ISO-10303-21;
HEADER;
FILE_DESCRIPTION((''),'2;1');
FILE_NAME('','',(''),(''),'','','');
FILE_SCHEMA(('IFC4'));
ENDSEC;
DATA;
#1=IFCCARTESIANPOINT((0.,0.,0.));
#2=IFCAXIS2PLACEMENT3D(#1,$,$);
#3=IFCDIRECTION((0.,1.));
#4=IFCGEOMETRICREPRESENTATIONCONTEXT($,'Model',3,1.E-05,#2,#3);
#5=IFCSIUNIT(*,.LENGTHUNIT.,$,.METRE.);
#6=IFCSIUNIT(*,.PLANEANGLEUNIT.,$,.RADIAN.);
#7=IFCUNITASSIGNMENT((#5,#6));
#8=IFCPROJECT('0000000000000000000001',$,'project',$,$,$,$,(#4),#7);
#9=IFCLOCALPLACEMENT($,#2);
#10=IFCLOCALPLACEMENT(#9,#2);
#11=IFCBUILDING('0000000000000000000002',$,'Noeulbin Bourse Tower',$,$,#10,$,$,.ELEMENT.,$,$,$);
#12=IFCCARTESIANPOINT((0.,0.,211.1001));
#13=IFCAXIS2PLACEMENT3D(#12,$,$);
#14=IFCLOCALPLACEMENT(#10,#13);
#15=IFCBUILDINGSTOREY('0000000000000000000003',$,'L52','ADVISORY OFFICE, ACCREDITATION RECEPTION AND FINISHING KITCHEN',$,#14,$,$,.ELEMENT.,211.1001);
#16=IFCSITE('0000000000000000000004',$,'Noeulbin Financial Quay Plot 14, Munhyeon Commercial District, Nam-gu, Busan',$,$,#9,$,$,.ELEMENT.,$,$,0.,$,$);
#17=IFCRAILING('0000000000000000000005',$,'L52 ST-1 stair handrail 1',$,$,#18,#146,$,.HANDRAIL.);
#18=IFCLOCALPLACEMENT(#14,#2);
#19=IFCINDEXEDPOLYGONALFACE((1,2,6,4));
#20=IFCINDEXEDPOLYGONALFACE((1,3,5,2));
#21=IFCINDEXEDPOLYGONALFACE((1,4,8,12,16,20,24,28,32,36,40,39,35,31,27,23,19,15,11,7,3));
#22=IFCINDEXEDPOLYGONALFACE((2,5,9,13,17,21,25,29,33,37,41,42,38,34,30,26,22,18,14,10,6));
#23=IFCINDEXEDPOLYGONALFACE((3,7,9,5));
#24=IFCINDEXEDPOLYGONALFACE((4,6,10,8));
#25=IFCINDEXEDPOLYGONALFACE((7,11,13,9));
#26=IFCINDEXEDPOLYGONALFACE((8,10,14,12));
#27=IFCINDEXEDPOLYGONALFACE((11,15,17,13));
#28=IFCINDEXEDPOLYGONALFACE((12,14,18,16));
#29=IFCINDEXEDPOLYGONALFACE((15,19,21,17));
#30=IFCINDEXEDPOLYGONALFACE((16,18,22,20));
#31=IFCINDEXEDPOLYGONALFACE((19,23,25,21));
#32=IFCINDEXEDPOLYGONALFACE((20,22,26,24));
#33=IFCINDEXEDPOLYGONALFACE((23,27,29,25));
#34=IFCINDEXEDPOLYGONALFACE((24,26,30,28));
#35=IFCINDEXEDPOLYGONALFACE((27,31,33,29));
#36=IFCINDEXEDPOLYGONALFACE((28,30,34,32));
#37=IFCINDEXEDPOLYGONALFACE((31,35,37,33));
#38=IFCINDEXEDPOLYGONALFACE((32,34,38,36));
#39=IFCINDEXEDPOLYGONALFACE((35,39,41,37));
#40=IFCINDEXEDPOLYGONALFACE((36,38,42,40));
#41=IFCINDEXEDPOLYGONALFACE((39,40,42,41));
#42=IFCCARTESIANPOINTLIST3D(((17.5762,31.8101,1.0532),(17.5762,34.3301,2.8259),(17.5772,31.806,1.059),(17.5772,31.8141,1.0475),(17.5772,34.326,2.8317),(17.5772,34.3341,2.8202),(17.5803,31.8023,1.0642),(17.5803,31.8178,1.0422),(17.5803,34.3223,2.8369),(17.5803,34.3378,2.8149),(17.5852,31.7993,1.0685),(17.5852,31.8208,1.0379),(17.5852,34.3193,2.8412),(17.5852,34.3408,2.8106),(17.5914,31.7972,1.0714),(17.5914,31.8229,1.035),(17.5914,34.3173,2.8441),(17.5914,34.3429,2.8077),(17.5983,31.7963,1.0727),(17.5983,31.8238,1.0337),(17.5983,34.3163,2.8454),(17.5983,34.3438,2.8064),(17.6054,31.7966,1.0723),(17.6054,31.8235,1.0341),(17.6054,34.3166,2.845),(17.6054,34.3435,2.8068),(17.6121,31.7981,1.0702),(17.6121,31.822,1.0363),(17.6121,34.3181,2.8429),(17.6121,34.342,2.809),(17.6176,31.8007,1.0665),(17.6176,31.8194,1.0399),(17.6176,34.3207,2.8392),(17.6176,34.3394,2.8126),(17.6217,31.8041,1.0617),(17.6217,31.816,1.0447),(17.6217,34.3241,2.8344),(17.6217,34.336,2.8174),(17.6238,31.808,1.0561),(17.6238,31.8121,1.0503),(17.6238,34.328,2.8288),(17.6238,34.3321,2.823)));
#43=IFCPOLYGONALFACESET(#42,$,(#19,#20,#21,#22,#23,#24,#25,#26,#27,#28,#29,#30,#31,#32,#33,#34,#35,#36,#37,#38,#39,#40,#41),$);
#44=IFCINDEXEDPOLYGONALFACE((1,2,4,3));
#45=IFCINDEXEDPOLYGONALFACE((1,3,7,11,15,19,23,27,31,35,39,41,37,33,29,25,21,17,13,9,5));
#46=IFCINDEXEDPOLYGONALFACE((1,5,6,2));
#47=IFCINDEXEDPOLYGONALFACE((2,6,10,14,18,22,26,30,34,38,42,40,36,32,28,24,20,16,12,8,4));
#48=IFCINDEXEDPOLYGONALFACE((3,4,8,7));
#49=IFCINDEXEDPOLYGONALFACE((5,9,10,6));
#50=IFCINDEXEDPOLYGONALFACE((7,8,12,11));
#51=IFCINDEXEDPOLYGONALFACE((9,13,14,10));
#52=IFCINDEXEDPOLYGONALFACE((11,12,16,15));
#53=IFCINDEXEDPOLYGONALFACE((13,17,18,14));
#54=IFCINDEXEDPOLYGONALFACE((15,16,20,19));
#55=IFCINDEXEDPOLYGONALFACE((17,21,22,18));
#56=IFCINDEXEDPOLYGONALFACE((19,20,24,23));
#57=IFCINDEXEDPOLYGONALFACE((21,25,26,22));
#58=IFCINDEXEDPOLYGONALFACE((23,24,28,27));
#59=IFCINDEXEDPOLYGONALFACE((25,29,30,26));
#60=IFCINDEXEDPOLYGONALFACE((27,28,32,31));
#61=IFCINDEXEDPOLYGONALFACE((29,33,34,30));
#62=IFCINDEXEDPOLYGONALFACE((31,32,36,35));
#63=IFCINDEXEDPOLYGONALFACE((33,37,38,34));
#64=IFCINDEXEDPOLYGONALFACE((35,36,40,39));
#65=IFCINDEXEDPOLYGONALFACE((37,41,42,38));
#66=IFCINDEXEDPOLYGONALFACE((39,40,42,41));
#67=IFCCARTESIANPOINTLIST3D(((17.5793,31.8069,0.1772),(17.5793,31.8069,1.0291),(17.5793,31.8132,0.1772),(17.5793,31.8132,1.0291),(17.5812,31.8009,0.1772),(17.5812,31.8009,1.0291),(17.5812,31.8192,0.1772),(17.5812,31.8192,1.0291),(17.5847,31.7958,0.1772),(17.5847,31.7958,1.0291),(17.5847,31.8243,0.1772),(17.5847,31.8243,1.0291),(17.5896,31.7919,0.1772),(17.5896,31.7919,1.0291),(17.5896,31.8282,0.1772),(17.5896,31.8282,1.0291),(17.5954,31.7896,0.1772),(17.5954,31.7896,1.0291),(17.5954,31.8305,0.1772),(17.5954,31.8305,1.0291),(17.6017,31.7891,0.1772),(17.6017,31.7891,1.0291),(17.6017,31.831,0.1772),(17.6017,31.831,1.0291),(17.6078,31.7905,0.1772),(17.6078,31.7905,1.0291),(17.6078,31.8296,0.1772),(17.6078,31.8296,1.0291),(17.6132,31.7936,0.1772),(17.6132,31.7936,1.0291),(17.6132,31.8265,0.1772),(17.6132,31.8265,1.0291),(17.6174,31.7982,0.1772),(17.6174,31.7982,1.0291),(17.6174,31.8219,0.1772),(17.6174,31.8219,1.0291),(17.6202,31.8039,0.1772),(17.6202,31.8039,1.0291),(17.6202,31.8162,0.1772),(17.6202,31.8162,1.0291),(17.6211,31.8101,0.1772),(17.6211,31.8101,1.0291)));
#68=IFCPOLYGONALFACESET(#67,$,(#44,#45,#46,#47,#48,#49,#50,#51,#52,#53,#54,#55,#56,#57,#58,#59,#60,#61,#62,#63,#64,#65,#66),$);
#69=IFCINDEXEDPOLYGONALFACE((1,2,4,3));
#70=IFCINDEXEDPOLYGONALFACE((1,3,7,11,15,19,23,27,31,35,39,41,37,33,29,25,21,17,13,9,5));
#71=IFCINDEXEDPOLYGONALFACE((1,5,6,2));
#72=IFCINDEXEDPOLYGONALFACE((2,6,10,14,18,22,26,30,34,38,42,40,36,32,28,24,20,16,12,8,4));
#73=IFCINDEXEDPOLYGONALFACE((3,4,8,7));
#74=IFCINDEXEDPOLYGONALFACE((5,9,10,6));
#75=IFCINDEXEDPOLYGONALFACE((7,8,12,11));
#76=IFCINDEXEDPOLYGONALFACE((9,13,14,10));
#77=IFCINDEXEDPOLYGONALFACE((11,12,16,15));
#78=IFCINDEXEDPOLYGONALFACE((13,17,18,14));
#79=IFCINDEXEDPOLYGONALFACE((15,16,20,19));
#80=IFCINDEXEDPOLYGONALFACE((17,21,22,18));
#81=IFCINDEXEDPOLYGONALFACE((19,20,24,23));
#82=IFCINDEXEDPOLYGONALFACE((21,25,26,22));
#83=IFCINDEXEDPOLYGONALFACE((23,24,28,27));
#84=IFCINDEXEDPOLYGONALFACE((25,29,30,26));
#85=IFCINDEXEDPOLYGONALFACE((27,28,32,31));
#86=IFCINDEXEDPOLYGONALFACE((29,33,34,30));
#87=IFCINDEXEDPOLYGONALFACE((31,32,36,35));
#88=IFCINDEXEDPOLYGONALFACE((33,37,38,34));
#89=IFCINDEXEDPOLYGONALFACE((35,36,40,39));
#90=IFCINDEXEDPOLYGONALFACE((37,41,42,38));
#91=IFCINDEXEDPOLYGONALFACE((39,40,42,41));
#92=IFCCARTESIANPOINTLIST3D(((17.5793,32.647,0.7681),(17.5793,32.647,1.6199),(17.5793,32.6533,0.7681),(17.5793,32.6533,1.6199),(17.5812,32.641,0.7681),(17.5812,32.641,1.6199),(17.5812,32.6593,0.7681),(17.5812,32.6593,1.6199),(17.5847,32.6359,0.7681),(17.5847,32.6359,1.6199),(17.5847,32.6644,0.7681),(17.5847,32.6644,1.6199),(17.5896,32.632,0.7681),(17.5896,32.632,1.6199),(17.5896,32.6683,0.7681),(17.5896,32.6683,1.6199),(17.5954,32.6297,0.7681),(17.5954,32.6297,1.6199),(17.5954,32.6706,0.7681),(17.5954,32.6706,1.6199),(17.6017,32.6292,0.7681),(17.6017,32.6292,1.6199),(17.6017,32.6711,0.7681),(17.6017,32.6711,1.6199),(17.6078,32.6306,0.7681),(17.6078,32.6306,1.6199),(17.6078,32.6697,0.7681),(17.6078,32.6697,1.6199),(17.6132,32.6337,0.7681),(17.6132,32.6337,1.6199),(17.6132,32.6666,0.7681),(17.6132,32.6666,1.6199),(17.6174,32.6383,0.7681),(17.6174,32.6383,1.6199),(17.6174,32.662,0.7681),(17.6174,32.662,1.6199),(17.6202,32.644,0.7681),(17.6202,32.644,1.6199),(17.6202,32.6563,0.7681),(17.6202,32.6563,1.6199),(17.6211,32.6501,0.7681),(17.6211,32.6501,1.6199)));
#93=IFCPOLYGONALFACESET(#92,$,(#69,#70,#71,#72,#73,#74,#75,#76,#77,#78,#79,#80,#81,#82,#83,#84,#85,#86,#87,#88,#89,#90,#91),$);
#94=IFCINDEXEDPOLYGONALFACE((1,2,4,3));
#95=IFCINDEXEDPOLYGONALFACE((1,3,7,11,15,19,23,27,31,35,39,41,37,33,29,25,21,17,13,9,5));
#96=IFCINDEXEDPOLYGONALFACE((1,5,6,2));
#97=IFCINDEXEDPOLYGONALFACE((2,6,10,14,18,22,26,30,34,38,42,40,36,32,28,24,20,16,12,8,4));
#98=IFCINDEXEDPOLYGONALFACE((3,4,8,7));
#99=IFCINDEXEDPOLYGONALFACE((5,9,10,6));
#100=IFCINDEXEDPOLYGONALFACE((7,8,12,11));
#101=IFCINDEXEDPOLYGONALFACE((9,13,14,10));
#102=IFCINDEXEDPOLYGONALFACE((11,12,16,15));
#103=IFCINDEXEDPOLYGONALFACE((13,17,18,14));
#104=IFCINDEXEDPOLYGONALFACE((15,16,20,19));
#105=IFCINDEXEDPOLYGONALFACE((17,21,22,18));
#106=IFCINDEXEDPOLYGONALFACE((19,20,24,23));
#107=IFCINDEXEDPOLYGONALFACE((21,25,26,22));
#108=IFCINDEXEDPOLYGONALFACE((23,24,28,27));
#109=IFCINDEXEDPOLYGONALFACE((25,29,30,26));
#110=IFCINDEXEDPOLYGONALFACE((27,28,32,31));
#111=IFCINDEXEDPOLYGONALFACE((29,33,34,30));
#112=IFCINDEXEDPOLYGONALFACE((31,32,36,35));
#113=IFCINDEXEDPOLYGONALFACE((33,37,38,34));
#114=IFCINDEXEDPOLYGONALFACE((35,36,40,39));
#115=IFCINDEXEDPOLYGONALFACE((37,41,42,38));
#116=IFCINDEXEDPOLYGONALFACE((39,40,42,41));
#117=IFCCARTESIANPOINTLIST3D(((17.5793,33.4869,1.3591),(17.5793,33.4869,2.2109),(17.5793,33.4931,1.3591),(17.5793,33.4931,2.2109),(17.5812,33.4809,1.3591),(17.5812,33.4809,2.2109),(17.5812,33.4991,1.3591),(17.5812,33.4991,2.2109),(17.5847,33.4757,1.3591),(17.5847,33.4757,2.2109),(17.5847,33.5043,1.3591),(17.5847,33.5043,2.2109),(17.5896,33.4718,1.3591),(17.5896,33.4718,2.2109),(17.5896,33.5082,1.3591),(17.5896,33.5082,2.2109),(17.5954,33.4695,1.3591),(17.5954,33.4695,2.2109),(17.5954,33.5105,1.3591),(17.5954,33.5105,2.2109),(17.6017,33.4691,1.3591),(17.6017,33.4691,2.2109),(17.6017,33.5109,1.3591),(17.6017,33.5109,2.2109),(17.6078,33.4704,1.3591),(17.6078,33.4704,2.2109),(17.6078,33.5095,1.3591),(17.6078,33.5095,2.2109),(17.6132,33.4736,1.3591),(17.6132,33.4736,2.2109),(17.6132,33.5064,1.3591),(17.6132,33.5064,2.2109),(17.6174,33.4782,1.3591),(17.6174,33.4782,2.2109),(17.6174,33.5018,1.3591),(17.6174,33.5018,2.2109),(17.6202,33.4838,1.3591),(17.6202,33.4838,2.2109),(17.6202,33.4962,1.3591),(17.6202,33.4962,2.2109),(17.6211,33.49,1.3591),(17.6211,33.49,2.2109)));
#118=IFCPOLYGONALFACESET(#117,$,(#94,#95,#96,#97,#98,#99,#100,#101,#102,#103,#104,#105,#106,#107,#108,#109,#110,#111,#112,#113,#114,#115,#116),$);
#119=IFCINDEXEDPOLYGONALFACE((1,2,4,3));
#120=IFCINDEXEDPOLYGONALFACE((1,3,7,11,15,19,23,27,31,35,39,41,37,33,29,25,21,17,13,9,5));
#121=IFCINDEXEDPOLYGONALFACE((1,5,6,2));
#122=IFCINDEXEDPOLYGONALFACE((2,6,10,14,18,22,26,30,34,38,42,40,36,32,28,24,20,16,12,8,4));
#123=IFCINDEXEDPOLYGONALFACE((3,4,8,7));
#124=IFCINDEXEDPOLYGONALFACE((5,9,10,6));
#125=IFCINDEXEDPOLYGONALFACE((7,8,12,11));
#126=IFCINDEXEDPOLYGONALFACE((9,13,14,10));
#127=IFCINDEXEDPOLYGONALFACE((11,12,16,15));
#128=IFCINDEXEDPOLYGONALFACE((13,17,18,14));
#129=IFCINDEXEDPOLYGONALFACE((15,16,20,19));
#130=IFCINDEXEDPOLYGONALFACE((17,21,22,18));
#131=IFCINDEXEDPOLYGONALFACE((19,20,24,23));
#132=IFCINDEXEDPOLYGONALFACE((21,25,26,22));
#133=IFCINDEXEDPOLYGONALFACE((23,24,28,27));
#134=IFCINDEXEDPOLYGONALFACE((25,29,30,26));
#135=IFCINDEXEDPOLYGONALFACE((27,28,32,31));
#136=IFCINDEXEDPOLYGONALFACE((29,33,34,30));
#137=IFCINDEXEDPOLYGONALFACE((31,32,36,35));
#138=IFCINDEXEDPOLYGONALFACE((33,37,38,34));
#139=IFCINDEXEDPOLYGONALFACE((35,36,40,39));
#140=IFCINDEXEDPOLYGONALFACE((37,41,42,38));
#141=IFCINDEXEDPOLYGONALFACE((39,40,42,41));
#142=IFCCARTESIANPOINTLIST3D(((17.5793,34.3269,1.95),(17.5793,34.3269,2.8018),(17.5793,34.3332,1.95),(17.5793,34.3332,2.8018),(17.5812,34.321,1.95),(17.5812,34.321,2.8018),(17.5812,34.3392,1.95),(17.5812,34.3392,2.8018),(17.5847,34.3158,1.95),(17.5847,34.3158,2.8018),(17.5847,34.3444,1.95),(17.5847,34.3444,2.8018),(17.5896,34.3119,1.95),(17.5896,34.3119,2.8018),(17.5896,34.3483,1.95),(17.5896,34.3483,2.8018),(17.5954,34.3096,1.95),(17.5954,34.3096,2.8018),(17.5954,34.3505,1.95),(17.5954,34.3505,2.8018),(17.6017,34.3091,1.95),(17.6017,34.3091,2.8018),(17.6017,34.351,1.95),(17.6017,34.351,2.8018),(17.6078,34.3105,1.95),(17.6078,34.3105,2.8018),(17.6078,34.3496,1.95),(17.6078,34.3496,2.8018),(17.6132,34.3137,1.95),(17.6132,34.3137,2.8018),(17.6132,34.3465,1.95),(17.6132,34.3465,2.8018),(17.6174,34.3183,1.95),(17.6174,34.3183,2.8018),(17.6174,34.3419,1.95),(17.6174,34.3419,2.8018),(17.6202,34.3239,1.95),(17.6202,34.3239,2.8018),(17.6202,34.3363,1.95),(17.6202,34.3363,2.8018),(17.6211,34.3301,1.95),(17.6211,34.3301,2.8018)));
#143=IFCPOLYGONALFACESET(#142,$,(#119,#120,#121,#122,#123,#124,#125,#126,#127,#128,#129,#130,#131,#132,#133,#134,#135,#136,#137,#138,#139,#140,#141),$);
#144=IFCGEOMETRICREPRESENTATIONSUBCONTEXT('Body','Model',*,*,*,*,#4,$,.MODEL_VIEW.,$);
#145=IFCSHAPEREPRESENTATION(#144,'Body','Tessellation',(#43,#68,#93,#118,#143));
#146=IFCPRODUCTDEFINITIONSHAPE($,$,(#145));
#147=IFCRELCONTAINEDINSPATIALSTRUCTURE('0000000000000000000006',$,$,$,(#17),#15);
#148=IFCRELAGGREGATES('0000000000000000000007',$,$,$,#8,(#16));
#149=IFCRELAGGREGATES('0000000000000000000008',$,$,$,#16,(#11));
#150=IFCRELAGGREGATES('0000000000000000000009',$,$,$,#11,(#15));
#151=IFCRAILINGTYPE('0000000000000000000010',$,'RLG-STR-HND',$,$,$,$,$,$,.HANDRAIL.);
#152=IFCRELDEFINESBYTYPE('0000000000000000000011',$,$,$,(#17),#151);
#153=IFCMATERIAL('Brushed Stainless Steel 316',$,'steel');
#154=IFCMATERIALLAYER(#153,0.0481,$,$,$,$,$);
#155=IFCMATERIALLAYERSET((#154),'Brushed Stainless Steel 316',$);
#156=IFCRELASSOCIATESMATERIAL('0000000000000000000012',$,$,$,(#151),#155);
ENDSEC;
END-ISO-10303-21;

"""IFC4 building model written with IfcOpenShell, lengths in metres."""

from ifc_helpers import new_model, si_unit, direction, frame, origin, origin_2d, place, context, subcontext, project, spatial, circle, extrude, material, layer, layer_set, type_object, element, save


model = new_model("IFC4")

# Units and contexts
model_context = context("Model", 3, precision=1e-05, world=origin(), true_north=direction((0.0, 1.0)))
body_context = subcontext(model_context, "Body", "Model", "MODEL_VIEW")
ifc_project = project(units=[si_unit("LENGTHUNIT", "METRE"), si_unit("PLANEANGLEUNIT", "RADIAN")], contexts=[model_context])

# Site, building, storey
site_placement = place(None, origin())
site = spatial("IfcSite", under=ifc_project, at=site_placement, Name="Noeulbin Financial Quay Plot 14, Munhyeon Commercial District, Nam-gu, Busan", CompositionType="ELEMENT", RefElevation=0.0)
building_placement = place(site_placement, origin())
building = spatial("IfcBuilding", under=site, at=building_placement, Name="Noeulbin Bourse Tower", CompositionType="ELEMENT")
storey_placement = place(building_placement, frame((0.0, 0.0, 211.1001)))
storey = spatial("IfcBuildingStorey", under=building, at=storey_placement, Name="L52", Description="ADVISORY OFFICE, ACCREDITATION RECEPTION AND FINISHING KITCHEN", CompositionType="ELEMENT", Elevation=211.1001)

# Shared definitions
ifc_material_1 = material(Name="Brushed Stainless Steel 316", Category="steel")

# Railing
ifc_layer_1 = layer(ifc_material_1, 0.0481)
ifc_layer_set_1 = layer_set([ifc_layer_1], Name="Brushed Stainless Steel 316")
railing_type_1 = type_object("IfcRailingType", Name="RLG-STR-HND", PredefinedType="HANDRAIL", material=ifc_layer_set_1)
railing_1_placement = place(storey_placement, frame((17.6001, 31.8101, 0.1772)))
element("IfcRailing", 1, at=railing_1_placement, inside=storey, type_object=railing_type_1, Name="L52 ST-1 stair handrail 1", PredefinedType="HANDRAIL", context=body_context, shape_type="SweptSolid", body=[
    extrude(circle(Radius=0.0239, at=origin_2d()), frame((0.0, 0.0, 0.876), z_axis=(0.0, 0.817904, 0.575354), x_axis=(-1.0, 0.0, 0.0)), (0.0, 0.0, 1.0), 3.0811),
    extrude(circle(Radius=0.021, at=origin_2d()), origin(), (0.0, 0.0, 1.0), 0.8518),
    extrude(circle(Radius=0.021, at=origin_2d()), frame((0.0, 0.8401, 0.5908)), (0.0, 0.0, 1.0), 0.8518),
    extrude(circle(Radius=0.021, at=origin_2d()), frame((0.0, 1.6799, 1.1819)), (0.0, 0.0, 1.0), 0.8518),
    extrude(circle(Radius=0.021, at=origin_2d()), frame((0.0, 2.52, 1.7727)), (0.0, 0.0, 1.0), 0.8518),
])

save(model, "model.ifc")
